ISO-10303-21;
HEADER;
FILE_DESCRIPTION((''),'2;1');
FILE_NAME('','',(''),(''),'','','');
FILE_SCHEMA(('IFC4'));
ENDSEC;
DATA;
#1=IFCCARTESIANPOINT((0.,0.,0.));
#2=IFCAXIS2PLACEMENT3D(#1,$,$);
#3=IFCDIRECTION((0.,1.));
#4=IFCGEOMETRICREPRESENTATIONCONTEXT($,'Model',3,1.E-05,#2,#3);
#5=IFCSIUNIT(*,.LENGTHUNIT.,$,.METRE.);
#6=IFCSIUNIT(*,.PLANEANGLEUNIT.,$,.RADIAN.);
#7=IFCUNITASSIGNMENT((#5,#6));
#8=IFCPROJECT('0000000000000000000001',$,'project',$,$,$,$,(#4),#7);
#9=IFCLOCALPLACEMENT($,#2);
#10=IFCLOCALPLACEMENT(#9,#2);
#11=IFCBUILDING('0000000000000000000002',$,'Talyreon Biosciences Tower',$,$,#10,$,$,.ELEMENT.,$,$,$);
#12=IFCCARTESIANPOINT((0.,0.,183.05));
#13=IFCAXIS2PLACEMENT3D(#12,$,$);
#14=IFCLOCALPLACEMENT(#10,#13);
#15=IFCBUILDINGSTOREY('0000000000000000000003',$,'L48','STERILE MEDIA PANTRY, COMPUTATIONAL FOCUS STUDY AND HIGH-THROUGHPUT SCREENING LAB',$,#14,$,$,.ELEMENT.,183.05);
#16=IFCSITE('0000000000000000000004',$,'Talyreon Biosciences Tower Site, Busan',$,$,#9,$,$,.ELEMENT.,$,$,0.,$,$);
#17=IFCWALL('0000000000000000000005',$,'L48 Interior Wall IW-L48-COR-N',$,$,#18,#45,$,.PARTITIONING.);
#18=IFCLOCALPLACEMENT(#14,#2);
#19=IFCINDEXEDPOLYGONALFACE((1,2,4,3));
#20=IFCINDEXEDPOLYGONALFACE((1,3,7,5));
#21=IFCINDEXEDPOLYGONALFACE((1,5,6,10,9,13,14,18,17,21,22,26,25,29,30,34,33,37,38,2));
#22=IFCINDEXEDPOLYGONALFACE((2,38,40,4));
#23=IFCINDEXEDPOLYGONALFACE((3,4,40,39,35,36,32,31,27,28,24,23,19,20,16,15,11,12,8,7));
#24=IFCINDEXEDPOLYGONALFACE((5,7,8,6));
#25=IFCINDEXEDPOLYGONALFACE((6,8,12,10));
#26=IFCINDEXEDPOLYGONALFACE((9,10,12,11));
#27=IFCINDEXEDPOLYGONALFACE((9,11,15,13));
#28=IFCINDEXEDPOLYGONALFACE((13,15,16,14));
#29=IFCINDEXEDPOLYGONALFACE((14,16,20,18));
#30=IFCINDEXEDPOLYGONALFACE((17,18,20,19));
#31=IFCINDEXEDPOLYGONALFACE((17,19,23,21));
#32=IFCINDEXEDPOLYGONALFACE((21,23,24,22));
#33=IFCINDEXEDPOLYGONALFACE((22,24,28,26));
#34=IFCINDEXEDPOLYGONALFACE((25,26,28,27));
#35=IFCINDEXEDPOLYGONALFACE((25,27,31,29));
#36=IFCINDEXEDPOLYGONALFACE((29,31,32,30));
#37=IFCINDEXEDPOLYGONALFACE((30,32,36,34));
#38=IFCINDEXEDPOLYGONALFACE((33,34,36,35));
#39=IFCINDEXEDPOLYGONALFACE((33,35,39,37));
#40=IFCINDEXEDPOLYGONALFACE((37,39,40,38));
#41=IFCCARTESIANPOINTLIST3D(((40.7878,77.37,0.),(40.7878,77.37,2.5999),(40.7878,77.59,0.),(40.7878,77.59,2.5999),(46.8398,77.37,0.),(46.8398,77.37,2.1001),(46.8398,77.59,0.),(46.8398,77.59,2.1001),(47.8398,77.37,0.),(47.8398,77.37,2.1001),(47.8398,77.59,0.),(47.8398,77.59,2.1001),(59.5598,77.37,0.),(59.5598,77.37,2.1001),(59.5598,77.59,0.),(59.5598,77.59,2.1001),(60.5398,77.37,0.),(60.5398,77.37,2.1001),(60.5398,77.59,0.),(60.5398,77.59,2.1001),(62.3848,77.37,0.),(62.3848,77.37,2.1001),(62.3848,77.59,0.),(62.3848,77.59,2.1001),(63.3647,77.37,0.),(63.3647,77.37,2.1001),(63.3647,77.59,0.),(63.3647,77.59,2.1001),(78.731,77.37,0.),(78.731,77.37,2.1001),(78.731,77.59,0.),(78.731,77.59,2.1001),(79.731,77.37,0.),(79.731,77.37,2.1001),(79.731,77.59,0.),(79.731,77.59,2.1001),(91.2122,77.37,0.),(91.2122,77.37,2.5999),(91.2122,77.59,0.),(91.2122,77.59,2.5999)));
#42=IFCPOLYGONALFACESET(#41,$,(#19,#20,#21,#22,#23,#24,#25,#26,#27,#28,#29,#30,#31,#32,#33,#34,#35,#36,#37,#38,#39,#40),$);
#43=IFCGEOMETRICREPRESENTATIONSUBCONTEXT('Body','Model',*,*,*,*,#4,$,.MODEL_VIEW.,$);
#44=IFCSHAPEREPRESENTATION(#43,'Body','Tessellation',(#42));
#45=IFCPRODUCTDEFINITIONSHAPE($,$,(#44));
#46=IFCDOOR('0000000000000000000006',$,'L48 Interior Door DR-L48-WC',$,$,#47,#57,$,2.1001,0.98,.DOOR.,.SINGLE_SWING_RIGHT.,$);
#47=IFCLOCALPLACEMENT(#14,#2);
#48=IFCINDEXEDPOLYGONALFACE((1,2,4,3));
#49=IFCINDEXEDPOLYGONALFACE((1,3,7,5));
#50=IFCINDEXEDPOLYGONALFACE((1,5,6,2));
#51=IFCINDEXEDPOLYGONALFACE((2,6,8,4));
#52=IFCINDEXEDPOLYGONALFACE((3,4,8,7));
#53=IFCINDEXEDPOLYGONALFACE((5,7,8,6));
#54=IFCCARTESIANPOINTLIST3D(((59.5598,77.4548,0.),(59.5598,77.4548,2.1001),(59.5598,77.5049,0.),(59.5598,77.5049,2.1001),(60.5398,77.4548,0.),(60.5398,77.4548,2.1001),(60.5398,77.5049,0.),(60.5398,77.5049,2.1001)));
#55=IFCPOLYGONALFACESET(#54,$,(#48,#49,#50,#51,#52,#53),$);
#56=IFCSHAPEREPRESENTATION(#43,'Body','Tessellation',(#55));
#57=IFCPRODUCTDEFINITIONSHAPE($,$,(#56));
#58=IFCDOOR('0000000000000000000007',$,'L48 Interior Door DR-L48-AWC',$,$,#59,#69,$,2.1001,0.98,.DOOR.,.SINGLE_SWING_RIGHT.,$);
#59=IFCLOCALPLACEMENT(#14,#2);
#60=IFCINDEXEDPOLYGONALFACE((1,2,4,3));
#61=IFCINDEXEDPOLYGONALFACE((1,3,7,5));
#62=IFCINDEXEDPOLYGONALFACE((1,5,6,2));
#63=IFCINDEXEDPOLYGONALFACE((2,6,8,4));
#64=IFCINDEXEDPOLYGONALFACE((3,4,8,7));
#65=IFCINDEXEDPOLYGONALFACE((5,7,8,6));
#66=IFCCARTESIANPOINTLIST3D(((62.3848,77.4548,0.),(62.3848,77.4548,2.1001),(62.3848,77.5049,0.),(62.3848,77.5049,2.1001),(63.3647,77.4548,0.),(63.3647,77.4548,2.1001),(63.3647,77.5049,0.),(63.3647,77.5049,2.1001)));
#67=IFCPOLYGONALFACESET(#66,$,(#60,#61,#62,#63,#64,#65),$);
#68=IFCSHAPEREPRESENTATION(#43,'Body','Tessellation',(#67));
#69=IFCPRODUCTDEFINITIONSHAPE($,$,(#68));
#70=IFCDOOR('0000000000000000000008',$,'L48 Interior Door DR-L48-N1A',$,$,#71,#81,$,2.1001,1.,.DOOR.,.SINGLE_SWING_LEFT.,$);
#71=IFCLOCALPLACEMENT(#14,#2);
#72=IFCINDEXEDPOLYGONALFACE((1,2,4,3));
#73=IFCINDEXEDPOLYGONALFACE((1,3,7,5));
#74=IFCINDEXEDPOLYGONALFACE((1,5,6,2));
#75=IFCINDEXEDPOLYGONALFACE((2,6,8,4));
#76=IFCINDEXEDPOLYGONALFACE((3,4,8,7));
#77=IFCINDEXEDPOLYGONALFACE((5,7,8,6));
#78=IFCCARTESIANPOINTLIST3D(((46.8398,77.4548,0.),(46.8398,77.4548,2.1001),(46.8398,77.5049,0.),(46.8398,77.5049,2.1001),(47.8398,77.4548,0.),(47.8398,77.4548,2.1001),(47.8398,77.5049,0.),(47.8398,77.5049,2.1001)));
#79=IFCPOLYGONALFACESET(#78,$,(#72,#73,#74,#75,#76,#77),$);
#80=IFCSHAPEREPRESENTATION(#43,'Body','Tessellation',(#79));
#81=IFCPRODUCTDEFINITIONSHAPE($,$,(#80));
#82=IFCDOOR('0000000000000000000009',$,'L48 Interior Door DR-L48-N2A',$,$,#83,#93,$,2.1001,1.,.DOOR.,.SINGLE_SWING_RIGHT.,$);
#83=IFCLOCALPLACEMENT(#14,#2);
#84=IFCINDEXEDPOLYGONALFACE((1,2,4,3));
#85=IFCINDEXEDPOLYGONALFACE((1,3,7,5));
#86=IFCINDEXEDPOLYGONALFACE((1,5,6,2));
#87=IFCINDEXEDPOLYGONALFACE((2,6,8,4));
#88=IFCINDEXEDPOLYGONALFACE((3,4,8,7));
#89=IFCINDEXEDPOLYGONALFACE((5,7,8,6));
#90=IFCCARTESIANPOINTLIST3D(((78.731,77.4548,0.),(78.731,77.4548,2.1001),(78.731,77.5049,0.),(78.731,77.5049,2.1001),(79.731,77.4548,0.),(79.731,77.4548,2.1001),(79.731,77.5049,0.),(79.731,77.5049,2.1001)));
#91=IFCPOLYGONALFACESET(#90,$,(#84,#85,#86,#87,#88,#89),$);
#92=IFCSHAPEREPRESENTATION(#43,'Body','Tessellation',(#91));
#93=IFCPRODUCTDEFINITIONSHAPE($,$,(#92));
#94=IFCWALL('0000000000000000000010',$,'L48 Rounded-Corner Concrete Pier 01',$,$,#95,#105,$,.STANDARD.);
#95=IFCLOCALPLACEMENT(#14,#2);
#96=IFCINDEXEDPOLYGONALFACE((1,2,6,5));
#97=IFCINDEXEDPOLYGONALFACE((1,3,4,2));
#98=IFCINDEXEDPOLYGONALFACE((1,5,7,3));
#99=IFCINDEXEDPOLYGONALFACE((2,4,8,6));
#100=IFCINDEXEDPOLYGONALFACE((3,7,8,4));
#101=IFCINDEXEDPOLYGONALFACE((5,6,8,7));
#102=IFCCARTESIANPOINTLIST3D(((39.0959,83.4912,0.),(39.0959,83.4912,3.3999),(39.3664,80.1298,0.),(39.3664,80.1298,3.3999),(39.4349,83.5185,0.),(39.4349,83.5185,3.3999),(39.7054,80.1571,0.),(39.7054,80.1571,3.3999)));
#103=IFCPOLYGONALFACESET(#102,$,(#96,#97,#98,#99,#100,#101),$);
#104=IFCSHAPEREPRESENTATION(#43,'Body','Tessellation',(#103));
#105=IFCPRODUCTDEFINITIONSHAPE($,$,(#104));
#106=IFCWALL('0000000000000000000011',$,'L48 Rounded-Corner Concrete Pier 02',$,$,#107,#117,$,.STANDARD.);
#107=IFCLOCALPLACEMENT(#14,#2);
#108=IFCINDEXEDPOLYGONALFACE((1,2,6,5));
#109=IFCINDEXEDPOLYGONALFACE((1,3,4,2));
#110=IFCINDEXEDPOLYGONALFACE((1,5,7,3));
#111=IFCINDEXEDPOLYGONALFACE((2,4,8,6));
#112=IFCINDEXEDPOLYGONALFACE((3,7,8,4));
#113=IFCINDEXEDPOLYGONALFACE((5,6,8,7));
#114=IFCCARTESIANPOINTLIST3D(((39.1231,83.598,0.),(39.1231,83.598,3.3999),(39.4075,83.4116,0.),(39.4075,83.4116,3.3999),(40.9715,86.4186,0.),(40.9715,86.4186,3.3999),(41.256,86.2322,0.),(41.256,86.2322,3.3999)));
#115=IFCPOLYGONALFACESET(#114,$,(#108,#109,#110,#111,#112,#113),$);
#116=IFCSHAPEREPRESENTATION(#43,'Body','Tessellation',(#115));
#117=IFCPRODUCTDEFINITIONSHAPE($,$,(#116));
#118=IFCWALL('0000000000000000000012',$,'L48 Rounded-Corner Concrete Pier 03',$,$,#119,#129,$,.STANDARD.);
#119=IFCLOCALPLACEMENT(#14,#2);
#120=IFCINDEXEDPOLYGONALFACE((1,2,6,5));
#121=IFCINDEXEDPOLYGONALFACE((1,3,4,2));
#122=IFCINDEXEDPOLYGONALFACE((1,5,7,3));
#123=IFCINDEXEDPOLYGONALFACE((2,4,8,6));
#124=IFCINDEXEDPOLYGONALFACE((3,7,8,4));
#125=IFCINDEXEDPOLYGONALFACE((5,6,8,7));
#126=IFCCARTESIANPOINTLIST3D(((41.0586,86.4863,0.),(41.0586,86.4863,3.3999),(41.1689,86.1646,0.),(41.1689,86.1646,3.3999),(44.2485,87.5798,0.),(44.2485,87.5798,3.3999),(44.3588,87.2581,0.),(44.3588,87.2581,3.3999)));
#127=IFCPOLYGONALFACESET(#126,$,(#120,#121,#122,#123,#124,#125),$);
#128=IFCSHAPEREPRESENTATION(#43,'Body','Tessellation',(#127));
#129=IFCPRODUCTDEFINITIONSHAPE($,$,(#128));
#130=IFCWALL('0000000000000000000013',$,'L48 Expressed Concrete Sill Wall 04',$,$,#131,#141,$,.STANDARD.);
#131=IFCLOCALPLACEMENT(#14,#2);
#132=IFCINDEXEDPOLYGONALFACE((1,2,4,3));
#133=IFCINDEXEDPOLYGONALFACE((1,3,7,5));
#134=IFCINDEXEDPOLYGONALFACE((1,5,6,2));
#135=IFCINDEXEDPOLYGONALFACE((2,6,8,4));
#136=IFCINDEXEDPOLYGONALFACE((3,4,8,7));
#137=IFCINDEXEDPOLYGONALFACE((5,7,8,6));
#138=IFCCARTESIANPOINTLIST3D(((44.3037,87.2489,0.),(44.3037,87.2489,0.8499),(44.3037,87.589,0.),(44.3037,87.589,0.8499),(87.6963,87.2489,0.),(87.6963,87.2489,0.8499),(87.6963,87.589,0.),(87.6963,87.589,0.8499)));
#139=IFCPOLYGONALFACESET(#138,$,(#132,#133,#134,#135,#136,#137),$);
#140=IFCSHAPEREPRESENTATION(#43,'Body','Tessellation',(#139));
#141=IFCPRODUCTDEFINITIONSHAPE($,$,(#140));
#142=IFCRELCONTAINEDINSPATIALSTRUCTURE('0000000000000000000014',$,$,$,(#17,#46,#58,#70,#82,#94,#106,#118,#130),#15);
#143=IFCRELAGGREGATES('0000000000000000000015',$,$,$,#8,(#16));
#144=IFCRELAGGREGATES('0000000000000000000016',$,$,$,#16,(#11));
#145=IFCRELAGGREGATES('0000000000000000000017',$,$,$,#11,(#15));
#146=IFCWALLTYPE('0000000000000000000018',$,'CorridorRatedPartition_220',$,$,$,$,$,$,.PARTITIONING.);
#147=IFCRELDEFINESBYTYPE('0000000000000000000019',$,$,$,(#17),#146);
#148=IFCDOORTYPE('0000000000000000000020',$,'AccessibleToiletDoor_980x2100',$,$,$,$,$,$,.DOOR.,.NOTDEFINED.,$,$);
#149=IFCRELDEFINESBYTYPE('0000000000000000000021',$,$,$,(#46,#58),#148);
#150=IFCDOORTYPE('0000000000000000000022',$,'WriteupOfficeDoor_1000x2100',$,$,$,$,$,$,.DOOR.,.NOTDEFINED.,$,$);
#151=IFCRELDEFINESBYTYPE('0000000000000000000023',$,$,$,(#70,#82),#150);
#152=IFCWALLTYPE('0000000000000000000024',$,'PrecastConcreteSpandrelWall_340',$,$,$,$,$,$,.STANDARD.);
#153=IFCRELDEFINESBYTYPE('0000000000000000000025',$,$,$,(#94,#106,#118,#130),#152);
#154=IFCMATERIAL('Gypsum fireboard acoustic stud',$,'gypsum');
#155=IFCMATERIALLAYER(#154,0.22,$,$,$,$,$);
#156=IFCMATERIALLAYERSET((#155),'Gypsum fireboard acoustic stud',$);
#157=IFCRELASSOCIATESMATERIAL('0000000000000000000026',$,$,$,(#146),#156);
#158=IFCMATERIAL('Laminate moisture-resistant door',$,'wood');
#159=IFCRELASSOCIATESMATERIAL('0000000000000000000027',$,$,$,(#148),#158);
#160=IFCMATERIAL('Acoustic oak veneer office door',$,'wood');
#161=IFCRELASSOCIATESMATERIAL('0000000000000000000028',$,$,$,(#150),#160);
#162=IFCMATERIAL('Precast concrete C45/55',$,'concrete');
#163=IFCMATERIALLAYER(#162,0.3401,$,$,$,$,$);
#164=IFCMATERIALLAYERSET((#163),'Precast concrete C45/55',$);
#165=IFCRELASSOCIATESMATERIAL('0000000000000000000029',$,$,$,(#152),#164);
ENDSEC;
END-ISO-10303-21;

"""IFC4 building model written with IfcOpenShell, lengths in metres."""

from ifc_helpers import new_model, si_unit, direction, frame, frame_2d, origin, place, context, subcontext, project, spatial, rectangle, extrude, material, layer, layer_set, type_object, element, fill, save


model = new_model("IFC4")

# Units and contexts
model_context = context("Model", 3, precision=1e-05, world=origin(), true_north=direction((0.0, 1.0)))
body_context = subcontext(model_context, "Body", "Model", "MODEL_VIEW")
ifc_project = project(units=[si_unit("LENGTHUNIT", "METRE"), si_unit("PLANEANGLEUNIT", "RADIAN")], contexts=[model_context])

# Site, building, storey
site_placement = place(None, origin())
site = spatial("IfcSite", under=ifc_project, at=site_placement, Name="Talyreon Biosciences Tower Site, Busan", CompositionType="ELEMENT", RefElevation=0.0)
building_placement = place(site_placement, origin())
building = spatial("IfcBuilding", under=site, at=building_placement, Name="Talyreon Biosciences Tower", CompositionType="ELEMENT")
storey_placement = place(building_placement, frame((0.0, 0.0, 183.05)))
storey = spatial("IfcBuildingStorey", under=building, at=storey_placement, Name="L48", Description="STERILE MEDIA PANTRY, COMPUTATIONAL FOCUS STUDY AND HIGH-THROUGHPUT SCREENING LAB", CompositionType="ELEMENT", Elevation=183.05)

# Shared definitions
ifc_material_1 = material(Name="Precast concrete C45/55", Category="concrete")

# Wall, openings, doors
ifc_material_2 = material(Name="Gypsum fireboard acoustic stud", Category="gypsum")
ifc_layer_1 = layer(ifc_material_2, 0.22)
ifc_layer_set_1 = layer_set([ifc_layer_1], Name="Gypsum fireboard acoustic stud")
wall_type_1 = type_object("IfcWallType", Name="CorridorRatedPartition_220", PredefinedType="PARTITIONING", material=ifc_layer_set_1)
wall_1_placement = place(storey_placement, frame((40.7878, 77.48, 0.0), z_axis=(0.0, 0.0, 1.0), x_axis=(1.0, 0.0, 0.0)))
wall_1 = element("IfcWall", 1, at=wall_1_placement, inside=storey, type_object=wall_type_1, Name="L48 Interior Wall IW-L48-COR-N", PredefinedType="PARTITIONING", context=body_context, shape_type="SweptSolid", body=[
    extrude(rectangle(XDim=50.4243, YDim=0.22, at=frame_2d((25.2122, 0.0))), origin(), (0.0, 0.0, 1.0), 2.5999),
])
opening_1_placement = place(wall_1_placement, frame((18.772, 0.0, 0.0)))
opening_1 = element("IfcOpeningElement", 2, at=opening_1_placement, cuts=wall_1, PredefinedType="OPENING", context=body_context, shape_type="SweptSolid", body=[
    extrude(rectangle(XDim=0.98, YDim=2.1001, at=frame_2d((0.49, 1.05))), frame((0.0, 0.1199, 0.0), z_axis=(0.0, -1.0, 0.0), x_axis=(1.0, 0.0, 0.0)), (0.0, 0.0, 1.0), 0.24),
])
opening_2_placement = place(wall_1_placement, frame((21.5969, 0.0, 0.0)))
opening_2 = element("IfcOpeningElement", 3, at=opening_2_placement, cuts=wall_1, PredefinedType="OPENING", context=body_context, shape_type="SweptSolid", body=[
    extrude(rectangle(XDim=0.98, YDim=2.1001, at=frame_2d((0.49, 1.05))), frame((0.0, 0.1199, 0.0), z_axis=(0.0, -1.0, 0.0), x_axis=(1.0, 0.0, 0.0)), (0.0, 0.0, 1.0), 0.24),
])
opening_3_placement = place(wall_1_placement, frame((6.052, 0.0, 0.0)))
opening_3 = element("IfcOpeningElement", 4, at=opening_3_placement, cuts=wall_1, PredefinedType="OPENING", context=body_context, shape_type="SweptSolid", body=[
    extrude(rectangle(XDim=1.0, YDim=2.1001, at=frame_2d((0.5, 1.05))), frame((0.0, 0.1199, 0.0), z_axis=(0.0, -1.0, 0.0), x_axis=(1.0, 0.0, 0.0)), (0.0, 0.0, 1.0), 0.24),
])
opening_4_placement = place(wall_1_placement, frame((37.9431, 0.0, 0.0)))
opening_4 = element("IfcOpeningElement", 5, at=opening_4_placement, cuts=wall_1, PredefinedType="OPENING", context=body_context, shape_type="SweptSolid", body=[
    extrude(rectangle(XDim=1.0, YDim=2.1001, at=frame_2d((0.5, 1.05))), frame((0.0, 0.1199, 0.0), z_axis=(0.0, -1.0, 0.0), x_axis=(1.0, 0.0, 0.0)), (0.0, 0.0, 1.0), 0.24),
])
ifc_material_3 = material(Name="Laminate moisture-resistant door", Category="wood")
door_type_1 = type_object("IfcDoorType", Name="AccessibleToiletDoor_980x2100", OperationType="NOTDEFINED", PredefinedType="DOOR", material=ifc_material_3)
door_1_placement = place(opening_1_placement, origin())
door_1 = element("IfcDoor", 6, at=door_1_placement, inside=storey, type_object=door_type_1, Name="L48 Interior Door DR-L48-WC", OperationType="SINGLE_SWING_RIGHT", OverallHeight=2.1001, OverallWidth=0.98, PredefinedType="DOOR", context=body_context, shape_type="SweptSolid", body=[
    extrude(rectangle(XDim=0.98, YDim=2.1001, at=frame_2d((0.49, 1.05))), frame((0.0, 0.0249, 0.0), z_axis=(0.0, -1.0, 0.0), x_axis=(1.0, 0.0, 0.0)), (0.0, 0.0, 1.0), 0.05),
])
fill(opening_1, door_1)
door_2_placement = place(opening_2_placement, origin())
door_2 = element("IfcDoor", 7, at=door_2_placement, inside=storey, type_object=door_type_1, Name="L48 Interior Door DR-L48-AWC", OperationType="SINGLE_SWING_RIGHT", OverallHeight=2.1001, OverallWidth=0.98, PredefinedType="DOOR", context=body_context, shape_type="SweptSolid", body=[
    extrude(rectangle(XDim=0.98, YDim=2.1001, at=frame_2d((0.49, 1.05))), frame((0.0, 0.0249, 0.0), z_axis=(0.0, -1.0, 0.0), x_axis=(1.0, 0.0, 0.0)), (0.0, 0.0, 1.0), 0.05),
])
fill(opening_2, door_2)
ifc_material_4 = material(Name="Acoustic oak veneer office door", Category="wood")
door_type_2 = type_object("IfcDoorType", Name="WriteupOfficeDoor_1000x2100", OperationType="NOTDEFINED", PredefinedType="DOOR", material=ifc_material_4)
door_3_placement = place(opening_3_placement, origin())
door_3 = element("IfcDoor", 8, at=door_3_placement, inside=storey, type_object=door_type_2, Name="L48 Interior Door DR-L48-N1A", OperationType="SINGLE_SWING_LEFT", OverallHeight=2.1001, OverallWidth=1.0, PredefinedType="DOOR", context=body_context, shape_type="SweptSolid", body=[
    extrude(rectangle(XDim=1.0, YDim=2.1001, at=frame_2d((0.5, 1.05))), frame((0.0, 0.0249, 0.0), z_axis=(0.0, -1.0, 0.0), x_axis=(1.0, 0.0, 0.0)), (0.0, 0.0, 1.0), 0.05),
])
fill(opening_3, door_3)
door_4_placement = place(opening_4_placement, origin())
door_4 = element("IfcDoor", 9, at=door_4_placement, inside=storey, type_object=door_type_2, Name="L48 Interior Door DR-L48-N2A", OperationType="SINGLE_SWING_RIGHT", OverallHeight=2.1001, OverallWidth=1.0, PredefinedType="DOOR", context=body_context, shape_type="SweptSolid", body=[
    extrude(rectangle(XDim=1.0, YDim=2.1001, at=frame_2d((0.5, 1.05))), frame((0.0, 0.0249, 0.0), z_axis=(0.0, -1.0, 0.0), x_axis=(1.0, 0.0, 0.0)), (0.0, 0.0, 1.0), 0.05),
])
fill(opening_4, door_4)

# Walls
ifc_layer_2 = layer(ifc_material_1, 0.3401)
ifc_layer_set_2 = layer_set([ifc_layer_2], Name="Precast concrete C45/55")
wall_type_2 = type_object("IfcWallType", Name="PrecastConcreteSpandrelWall_340", PredefinedType="STANDARD", material=ifc_layer_set_2)
for number, where, z_axis, x_axis, name in (
    (10, (39.5359, 80.1436, 0.0), (0.0, 0.0, 1.0), (-0.080217, 0.996777, 0.0), "L48 Rounded-Corner Concrete Pier 01"),
    (11, (39.2654, 83.5049, 0.0), (0.0, 0.0, 1.0), (0.548117, 0.836402, 0.0), "L48 Rounded-Corner Concrete Pier 02"),
):
    element("IfcWall", number, at=place(storey_placement, frame(where, z_axis=z_axis, x_axis=x_axis)), inside=storey, type_object=wall_type_2, Name=name, PredefinedType="STANDARD", context=body_context, shape_type="SweptSolid", body=[
        extrude(rectangle(XDim=3.3723, YDim=0.3401, at=frame_2d((1.686, 0.0))), origin(), (0.0, 0.0, 1.0), 3.3999),
    ])
wall_2_placement = place(storey_placement, frame((41.1138, 86.3254, 0.0), z_axis=(0.0, 0.0, 1.0), x_axis=(0.945963, 0.324274, 0.0)))
element("IfcWall", 12, at=wall_2_placement, inside=storey, type_object=wall_type_2, Name="L48 Rounded-Corner Concrete Pier 03", PredefinedType="STANDARD", context=body_context, shape_type="SweptSolid", body=[
    extrude(rectangle(XDim=3.3721, YDim=0.3401, at=frame_2d((1.686, 0.0))), origin(), (0.0, 0.0, 1.0), 3.3999),
])
wall_3_placement = place(storey_placement, frame((44.3037, 87.4189, 0.0), z_axis=(0.0, 0.0, 1.0), x_axis=(1.0, 0.0, 0.0)))
element("IfcWall", 13, at=wall_3_placement, inside=storey, type_object=wall_type_2, Name="L48 Expressed Concrete Sill Wall 04", PredefinedType="STANDARD", context=body_context, shape_type="SweptSolid", body=[
    extrude(rectangle(XDim=43.3926, YDim=0.3401, at=frame_2d((21.6963, 0.0))), origin(), (0.0, 0.0, 1.0), 0.8499),
])

save(model, "model.ifc")
